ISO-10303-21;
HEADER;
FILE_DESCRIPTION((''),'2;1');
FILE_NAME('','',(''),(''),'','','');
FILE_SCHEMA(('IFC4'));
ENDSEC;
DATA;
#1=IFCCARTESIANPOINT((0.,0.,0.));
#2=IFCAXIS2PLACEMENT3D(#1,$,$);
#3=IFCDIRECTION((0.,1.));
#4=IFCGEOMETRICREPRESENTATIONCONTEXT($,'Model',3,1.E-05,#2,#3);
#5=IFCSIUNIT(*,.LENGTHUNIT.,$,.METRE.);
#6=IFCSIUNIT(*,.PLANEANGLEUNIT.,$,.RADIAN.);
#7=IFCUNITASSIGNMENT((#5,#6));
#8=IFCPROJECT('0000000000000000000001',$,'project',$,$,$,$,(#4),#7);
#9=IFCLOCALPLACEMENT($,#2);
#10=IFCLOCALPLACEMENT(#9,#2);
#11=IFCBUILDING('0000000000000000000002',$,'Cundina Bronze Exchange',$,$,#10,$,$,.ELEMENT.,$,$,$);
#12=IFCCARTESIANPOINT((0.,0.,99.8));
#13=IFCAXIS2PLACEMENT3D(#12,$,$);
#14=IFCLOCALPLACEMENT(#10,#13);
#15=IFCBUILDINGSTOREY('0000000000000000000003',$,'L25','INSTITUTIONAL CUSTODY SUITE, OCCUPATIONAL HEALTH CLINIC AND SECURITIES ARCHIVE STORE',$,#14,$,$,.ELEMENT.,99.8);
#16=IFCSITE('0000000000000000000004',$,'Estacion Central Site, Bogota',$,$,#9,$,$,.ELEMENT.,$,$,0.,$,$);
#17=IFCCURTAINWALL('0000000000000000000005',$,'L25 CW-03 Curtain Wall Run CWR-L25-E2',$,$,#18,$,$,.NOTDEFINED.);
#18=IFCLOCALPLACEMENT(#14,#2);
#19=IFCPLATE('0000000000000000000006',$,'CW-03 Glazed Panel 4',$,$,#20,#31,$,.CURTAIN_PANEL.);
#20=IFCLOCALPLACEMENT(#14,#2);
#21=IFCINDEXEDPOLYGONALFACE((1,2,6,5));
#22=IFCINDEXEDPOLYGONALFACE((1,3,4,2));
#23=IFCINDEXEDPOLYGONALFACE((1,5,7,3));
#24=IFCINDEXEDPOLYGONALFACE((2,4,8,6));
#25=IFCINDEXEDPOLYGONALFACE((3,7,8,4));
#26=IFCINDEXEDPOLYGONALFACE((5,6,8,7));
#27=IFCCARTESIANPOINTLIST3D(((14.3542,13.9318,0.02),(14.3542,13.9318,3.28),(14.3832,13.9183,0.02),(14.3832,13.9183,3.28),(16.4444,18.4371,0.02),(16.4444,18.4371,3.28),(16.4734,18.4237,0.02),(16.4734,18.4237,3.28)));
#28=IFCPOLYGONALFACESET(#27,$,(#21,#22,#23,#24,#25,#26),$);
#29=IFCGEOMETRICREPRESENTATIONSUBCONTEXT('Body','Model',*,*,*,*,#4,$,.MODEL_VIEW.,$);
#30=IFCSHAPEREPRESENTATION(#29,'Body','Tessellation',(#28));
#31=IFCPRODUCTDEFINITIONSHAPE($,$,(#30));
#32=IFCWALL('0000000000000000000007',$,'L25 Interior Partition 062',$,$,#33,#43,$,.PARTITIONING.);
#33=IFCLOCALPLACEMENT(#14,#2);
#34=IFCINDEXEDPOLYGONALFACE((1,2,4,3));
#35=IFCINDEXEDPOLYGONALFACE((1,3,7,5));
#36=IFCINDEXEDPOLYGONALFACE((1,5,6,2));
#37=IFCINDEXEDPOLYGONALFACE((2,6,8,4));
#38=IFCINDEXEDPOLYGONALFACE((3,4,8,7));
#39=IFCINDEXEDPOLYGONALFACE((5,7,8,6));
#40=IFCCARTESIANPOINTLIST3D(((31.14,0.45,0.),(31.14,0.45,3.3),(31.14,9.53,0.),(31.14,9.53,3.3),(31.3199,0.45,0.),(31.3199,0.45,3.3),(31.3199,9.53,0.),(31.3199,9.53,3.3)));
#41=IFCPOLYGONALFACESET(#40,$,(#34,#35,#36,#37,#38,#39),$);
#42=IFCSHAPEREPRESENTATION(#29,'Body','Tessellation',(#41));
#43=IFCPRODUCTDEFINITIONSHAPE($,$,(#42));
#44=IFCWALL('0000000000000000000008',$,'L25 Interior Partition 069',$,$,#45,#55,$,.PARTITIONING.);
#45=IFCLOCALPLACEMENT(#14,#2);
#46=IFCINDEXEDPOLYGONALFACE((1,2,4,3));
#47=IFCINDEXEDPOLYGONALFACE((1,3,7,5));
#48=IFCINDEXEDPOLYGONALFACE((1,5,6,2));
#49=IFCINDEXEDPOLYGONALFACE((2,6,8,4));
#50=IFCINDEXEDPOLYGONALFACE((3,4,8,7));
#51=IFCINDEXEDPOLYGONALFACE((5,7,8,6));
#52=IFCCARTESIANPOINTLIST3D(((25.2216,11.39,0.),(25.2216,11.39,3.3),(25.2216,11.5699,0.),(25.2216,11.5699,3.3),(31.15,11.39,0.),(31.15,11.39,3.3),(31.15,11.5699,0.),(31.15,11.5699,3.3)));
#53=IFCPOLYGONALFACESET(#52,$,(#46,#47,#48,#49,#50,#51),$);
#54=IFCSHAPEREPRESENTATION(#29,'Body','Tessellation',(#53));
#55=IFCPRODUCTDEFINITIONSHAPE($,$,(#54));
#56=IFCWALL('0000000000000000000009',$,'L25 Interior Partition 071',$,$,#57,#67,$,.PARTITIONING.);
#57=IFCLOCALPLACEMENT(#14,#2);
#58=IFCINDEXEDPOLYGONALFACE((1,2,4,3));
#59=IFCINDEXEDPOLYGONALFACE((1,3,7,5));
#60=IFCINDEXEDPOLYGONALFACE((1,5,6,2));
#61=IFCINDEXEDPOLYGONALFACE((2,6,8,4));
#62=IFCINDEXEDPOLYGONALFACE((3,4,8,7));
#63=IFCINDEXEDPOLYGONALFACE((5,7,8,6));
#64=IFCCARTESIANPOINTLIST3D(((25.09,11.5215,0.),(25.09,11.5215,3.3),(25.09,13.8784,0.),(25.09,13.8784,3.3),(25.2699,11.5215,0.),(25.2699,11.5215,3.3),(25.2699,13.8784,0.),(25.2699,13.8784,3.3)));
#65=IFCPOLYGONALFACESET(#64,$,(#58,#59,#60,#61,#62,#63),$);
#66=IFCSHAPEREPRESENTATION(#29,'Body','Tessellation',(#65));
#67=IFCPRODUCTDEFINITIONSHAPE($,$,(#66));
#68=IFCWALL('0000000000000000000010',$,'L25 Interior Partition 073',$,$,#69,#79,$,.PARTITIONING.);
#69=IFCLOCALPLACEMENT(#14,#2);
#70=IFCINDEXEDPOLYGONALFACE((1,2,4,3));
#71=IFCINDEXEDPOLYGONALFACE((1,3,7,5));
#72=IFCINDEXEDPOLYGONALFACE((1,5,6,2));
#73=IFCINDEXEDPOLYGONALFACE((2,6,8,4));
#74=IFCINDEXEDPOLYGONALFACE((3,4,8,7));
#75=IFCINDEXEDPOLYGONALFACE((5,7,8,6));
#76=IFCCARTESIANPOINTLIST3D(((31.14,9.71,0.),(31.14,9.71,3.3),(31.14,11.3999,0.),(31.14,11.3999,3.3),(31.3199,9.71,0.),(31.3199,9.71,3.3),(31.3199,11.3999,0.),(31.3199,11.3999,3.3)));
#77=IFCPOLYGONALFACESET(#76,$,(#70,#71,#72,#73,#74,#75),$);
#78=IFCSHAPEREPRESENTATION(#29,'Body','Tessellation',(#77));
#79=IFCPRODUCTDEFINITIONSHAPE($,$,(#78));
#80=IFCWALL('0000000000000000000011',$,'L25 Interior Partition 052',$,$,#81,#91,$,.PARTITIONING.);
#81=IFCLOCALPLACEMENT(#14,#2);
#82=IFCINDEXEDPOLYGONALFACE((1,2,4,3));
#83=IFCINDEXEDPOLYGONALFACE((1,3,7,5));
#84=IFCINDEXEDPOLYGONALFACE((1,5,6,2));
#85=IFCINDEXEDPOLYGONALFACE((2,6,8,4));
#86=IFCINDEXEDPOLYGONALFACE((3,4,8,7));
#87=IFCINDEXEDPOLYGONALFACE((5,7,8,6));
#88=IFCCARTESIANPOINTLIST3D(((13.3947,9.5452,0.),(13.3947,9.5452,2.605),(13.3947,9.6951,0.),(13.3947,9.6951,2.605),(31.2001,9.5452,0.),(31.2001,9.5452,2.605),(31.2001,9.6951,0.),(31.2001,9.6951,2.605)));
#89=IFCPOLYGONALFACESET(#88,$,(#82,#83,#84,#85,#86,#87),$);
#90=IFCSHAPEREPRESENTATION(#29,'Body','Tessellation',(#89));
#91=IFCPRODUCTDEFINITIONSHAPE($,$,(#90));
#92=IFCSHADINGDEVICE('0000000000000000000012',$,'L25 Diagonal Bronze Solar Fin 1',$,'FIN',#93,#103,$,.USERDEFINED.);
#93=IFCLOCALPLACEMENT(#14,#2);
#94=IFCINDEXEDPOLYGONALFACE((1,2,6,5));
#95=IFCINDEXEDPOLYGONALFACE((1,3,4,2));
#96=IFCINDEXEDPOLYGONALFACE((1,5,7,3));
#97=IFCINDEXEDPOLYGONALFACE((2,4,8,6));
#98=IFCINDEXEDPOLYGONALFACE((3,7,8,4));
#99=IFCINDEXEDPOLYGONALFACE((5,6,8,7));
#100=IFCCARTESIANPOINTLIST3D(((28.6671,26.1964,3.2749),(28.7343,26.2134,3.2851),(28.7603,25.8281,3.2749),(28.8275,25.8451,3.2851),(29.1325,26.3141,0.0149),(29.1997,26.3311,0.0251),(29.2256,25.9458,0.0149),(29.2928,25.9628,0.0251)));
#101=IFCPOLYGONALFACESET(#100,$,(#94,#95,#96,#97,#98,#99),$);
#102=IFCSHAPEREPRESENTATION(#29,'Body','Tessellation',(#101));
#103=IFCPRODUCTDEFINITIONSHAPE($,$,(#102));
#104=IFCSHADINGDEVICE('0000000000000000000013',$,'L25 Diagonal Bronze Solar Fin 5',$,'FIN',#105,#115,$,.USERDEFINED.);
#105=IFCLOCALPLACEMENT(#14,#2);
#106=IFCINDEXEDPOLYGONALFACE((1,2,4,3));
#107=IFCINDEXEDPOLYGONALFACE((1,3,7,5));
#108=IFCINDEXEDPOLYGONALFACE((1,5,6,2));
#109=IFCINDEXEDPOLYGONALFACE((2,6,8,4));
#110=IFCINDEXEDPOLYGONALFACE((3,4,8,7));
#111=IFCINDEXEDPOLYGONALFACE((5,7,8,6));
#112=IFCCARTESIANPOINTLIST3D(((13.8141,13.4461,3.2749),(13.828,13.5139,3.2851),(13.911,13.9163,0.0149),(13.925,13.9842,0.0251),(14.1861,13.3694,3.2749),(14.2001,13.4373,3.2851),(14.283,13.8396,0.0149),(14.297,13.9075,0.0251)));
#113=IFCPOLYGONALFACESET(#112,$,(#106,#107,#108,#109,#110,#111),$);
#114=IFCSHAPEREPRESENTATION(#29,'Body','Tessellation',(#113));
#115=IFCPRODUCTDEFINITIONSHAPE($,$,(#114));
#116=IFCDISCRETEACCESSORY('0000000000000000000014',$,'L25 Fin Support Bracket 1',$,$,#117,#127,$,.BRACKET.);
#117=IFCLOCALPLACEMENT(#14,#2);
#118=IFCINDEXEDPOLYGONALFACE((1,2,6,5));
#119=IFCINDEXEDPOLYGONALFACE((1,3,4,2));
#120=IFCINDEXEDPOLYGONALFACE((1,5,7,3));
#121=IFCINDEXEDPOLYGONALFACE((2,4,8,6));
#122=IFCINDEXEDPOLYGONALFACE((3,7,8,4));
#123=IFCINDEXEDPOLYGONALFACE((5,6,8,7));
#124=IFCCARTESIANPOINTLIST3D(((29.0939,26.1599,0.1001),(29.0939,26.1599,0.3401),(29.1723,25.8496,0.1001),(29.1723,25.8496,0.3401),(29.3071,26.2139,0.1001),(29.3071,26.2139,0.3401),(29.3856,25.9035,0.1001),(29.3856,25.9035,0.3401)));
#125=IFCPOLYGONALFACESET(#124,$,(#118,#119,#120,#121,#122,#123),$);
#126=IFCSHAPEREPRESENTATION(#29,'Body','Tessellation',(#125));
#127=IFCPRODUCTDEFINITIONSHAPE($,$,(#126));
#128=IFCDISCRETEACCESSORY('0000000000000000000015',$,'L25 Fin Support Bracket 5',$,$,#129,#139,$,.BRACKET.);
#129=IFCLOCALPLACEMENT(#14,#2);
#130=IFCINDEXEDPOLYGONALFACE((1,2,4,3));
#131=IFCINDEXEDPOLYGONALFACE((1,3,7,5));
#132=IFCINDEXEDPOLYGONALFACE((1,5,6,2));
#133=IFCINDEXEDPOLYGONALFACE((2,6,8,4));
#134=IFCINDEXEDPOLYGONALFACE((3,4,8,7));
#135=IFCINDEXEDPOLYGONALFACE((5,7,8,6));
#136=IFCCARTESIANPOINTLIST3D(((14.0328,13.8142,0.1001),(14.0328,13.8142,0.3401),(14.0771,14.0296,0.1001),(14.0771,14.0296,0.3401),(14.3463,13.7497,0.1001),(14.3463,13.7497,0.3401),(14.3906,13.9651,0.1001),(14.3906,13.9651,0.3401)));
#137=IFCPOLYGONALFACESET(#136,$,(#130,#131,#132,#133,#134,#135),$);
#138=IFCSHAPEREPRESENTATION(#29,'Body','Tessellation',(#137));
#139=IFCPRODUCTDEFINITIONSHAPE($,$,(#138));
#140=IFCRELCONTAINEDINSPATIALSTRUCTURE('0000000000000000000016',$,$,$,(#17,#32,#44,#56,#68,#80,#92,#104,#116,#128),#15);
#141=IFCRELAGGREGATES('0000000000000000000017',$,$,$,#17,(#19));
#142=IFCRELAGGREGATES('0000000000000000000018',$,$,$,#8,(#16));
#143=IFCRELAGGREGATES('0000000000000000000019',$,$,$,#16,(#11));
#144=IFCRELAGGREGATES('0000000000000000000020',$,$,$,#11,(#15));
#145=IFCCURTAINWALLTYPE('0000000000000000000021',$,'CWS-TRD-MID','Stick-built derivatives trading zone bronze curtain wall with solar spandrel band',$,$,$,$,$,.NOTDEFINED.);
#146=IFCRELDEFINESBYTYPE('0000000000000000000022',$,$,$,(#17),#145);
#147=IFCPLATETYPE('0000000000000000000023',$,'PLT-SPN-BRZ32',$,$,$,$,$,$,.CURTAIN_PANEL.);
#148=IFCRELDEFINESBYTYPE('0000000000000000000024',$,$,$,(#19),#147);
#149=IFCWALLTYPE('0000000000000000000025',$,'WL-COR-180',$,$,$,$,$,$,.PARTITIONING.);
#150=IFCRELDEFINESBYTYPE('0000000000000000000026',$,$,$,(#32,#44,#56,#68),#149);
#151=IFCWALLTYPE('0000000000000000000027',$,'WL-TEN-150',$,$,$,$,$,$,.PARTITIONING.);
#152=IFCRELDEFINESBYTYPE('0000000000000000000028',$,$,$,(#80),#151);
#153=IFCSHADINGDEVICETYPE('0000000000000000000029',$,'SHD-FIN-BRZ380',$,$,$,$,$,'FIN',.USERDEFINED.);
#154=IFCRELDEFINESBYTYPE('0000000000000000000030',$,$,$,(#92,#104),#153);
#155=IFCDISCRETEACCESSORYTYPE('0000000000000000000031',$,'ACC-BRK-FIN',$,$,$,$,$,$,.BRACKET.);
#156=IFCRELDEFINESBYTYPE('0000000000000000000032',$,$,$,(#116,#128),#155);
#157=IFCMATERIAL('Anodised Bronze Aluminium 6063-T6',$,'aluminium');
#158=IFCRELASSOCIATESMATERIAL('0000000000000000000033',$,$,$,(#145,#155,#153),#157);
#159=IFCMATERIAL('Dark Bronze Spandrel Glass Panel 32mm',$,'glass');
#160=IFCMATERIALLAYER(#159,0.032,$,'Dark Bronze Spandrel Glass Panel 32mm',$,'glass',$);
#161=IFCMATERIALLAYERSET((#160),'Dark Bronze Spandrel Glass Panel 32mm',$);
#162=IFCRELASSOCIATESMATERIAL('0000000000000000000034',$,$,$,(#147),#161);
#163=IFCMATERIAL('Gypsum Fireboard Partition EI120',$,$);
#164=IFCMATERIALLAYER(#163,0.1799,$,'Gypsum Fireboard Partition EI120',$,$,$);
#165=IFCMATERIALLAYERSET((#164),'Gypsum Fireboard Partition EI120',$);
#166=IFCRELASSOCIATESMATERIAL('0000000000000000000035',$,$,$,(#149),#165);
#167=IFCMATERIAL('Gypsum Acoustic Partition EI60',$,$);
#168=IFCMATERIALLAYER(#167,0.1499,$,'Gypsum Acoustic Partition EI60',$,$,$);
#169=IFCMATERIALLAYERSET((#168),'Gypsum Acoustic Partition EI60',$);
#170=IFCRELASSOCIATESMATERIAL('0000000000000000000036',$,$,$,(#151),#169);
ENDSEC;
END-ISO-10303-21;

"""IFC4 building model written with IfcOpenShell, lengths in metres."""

from ifc_helpers import new_model, si_unit, direction, frame, frame_2d, origin, origin_2d, place, context, subcontext, project, spatial, rectangle, extrude, material, layer, layer_set, material_profile, profile_set, type_object, element, aggregate, save


model = new_model("IFC4")

# Units and contexts
model_context = context("Model", 3, precision=1e-05, world=origin(), true_north=direction((0.0, 1.0)))
body_context = subcontext(model_context, "Body", "Model", "MODEL_VIEW")
ifc_project = project(units=[si_unit("LENGTHUNIT", "METRE"), si_unit("PLANEANGLEUNIT", "RADIAN")], contexts=[model_context])

# Site, building, storey
site_placement = place(None, origin())
site = spatial("IfcSite", under=ifc_project, at=site_placement, Name="Estacion Central Site, Bogota", CompositionType="ELEMENT", RefElevation=0.0)
building_placement = place(site_placement, origin())
building = spatial("IfcBuilding", under=site, at=building_placement, Name="Cundina Bronze Exchange", CompositionType="ELEMENT")
storey_placement = place(building_placement, frame((0.0, 0.0, 99.8)))
storey = spatial("IfcBuildingStorey", under=building, at=storey_placement, Name="L25", Description="INSTITUTIONAL CUSTODY SUITE, OCCUPATIONAL HEALTH CLINIC AND SECURITIES ARCHIVE STORE", CompositionType="ELEMENT", Elevation=99.8)

# Shared definitions
ifc_material_1 = material(Name="Anodised Bronze Aluminium 6063-T6", Category="aluminium")
curtain_wall_type = type_object("IfcCurtainWallType", Name="CWS-TRD-MID", Description="Stick-built derivatives trading zone bronze curtain wall with solar spandrel band", PredefinedType="NOTDEFINED", material=ifc_material_1)

# Curtain wall, plate
curtain_wall_1_placement = place(storey_placement, origin())
curtain_wall_1 = element("IfcCurtainWall", 1, at=curtain_wall_1_placement, inside=storey, type_object=curtain_wall_type, Name="L25 CW-03 Curtain Wall Run CWR-L25-E2", PredefinedType="NOTDEFINED")
ifc_material_2 = material(Name="Dark Bronze Spandrel Glass Panel 32mm", Category="glass")
ifc_layer_1 = layer(ifc_material_2, 0.032, Name="Dark Bronze Spandrel Glass Panel 32mm", Category="glass")
ifc_layer_set_1 = layer_set([ifc_layer_1], Name="Dark Bronze Spandrel Glass Panel 32mm")
plate_type_1 = type_object("IfcPlateType", Name="PLT-SPN-BRZ32", PredefinedType="CURTAIN_PANEL", material=ifc_layer_set_1)
plate_1_placement = place(storey_placement, frame((15.4138, 16.1777, 0.02), z_axis=(0.0, 0.0, 1.0), x_axis=(-0.420846, -0.907132, 0.0)))
plate_1 = element("IfcPlate", 2, at=plate_1_placement, type_object=plate_type_1, Name="CW-03 Glazed Panel 4", PredefinedType="CURTAIN_PANEL", context=body_context, shape_type="SweptSolid", body=[
    extrude(rectangle(XDim=4.9666, YDim=0.032, at=origin_2d()), origin(), (0.0, 0.0, 1.0), 3.26),
])
aggregate(curtain_wall_1, [plate_1])

# Walls
ifc_material_3 = material(Name="Gypsum Fireboard Partition EI120")
ifc_layer_2 = layer(ifc_material_3, 0.1799, Name="Gypsum Fireboard Partition EI120")
ifc_layer_set_2 = layer_set([ifc_layer_2], Name="Gypsum Fireboard Partition EI120")
wall_type_1 = type_object("IfcWallType", Name="WL-COR-180", PredefinedType="PARTITIONING", material=ifc_layer_set_2)
wall_1_placement = place(storey_placement, frame((31.23, 9.53, 0.0), z_axis=(0.0, 0.0, 1.0), x_axis=(0.0, -1.0, 0.0)))
element("IfcWall", 3, at=wall_1_placement, inside=storey, type_object=wall_type_1, Name="L25 Interior Partition 062", PredefinedType="PARTITIONING", context=body_context, shape_type="SweptSolid", body=[
    extrude(rectangle(XDim=9.0801, YDim=0.1799, at=frame_2d((4.54, 0.0))), origin(), (0.0, 0.0, 1.0), 3.3),
])
wall_2_placement = place(storey_placement, frame((25.2214, 11.48, 0.0), z_axis=(0.0, 0.0, 1.0), x_axis=(1.0, 0.0, 0.0)))
element("IfcWall", 4, at=wall_2_placement, inside=storey, type_object=wall_type_1, Name="L25 Interior Partition 069", PredefinedType="PARTITIONING", context=body_context, shape_type="SweptSolid", body=[
    extrude(rectangle(XDim=5.9285, YDim=0.1799, at=frame_2d((2.9644, 0.0))), origin(), (0.0, 0.0, 1.0), 3.3),
])
wall_3_placement = place(storey_placement, frame((25.1799, 13.8784, 0.0), z_axis=(0.0, 0.0, 1.0), x_axis=(0.0, -1.0, 0.0)))
element("IfcWall", 5, at=wall_3_placement, inside=storey, type_object=wall_type_1, Name="L25 Interior Partition 071", PredefinedType="PARTITIONING", context=body_context, shape_type="SweptSolid", body=[
    extrude(rectangle(XDim=2.3569, YDim=0.1799, at=frame_2d((1.1785, 0.0))), origin(), (0.0, 0.0, 1.0), 3.3),
])
wall_4_placement = place(storey_placement, frame((31.23, 11.3999, 0.0), z_axis=(0.0, 0.0, 1.0), x_axis=(0.0, -1.0, 0.0)))
element("IfcWall", 6, at=wall_4_placement, inside=storey, type_object=wall_type_1, Name="L25 Interior Partition 073", PredefinedType="PARTITIONING", context=body_context, shape_type="SweptSolid", body=[
    extrude(rectangle(XDim=1.6899, YDim=0.1799, at=frame_2d((0.845, 0.0))), origin(), (0.0, 0.0, 1.0), 3.3),
])
ifc_material_4 = material(Name="Gypsum Acoustic Partition EI60")
ifc_layer_3 = layer(ifc_material_4, 0.1499, Name="Gypsum Acoustic Partition EI60")
ifc_layer_set_3 = layer_set([ifc_layer_3], Name="Gypsum Acoustic Partition EI60")
wall_type_2 = type_object("IfcWallType", Name="WL-TEN-150", PredefinedType="PARTITIONING", material=ifc_layer_set_3)
wall_5_placement = place(storey_placement, frame((13.3945, 9.6201, 0.0), z_axis=(0.0, 0.0, 1.0), x_axis=(1.0, 0.0, 0.0)))
element("IfcWall", 7, at=wall_5_placement, inside=storey, type_object=wall_type_2, Name="L25 Interior Partition 052", PredefinedType="PARTITIONING", context=body_context, shape_type="SweptSolid", body=[
    extrude(rectangle(XDim=17.8054, YDim=0.1499, at=frame_2d((8.9028, 0.0))), origin(), (0.0, 0.0, 1.0), 2.605),
])

# Shading devices
ifc_material_profile_1 = material_profile(ifc_material_1, rectangle(XDim=0.0701, YDim=0.3799, at=origin_2d()), Name="FIN70X380", Category="aluminium")
ifc_profile_set_1 = profile_set([ifc_material_profile_1], Name="Anodised Bronze Aluminium 6063-T6")
shading_device_type = type_object("IfcShadingDeviceType", Name="SHD-FIN-BRZ380", ElementType="FIN", PredefinedType="USERDEFINED", material=ifc_profile_set_1)
for number, where, z_axis, x_axis, name in (
    (8, (29.2126, 26.1384, 0.02), (-0.141217, -0.035712, 0.989334), (0.959141, 0.242553, 0.145663), "L25 Diagonal Bronze Solar Fin 1"),
    (9, (14.104, 13.9119, 0.02), (-0.029414, -0.142698, 0.989329), (0.199728, 0.968959, 0.145698), "L25 Diagonal Bronze Solar Fin 5"),
):
    element("IfcShadingDevice", number, at=place(storey_placement, frame(where, z_axis=z_axis, x_axis=x_axis)), inside=storey, type_object=shading_device_type, Name=name, ObjectType="FIN", PredefinedType="USERDEFINED", context=body_context, shape_type="SweptSolid", body=[
        extrude(rectangle(XDim=0.0701, YDim=0.3799, at=origin_2d()), origin(), (0.0, 0.0, 1.0), 3.2952),
    ])

# Discrete accessories
discrete_accessory_type = type_object("IfcDiscreteAccessoryType", Name="ACC-BRK-FIN", PredefinedType="BRACKET", material=ifc_material_1)
for number, where, z_axis, x_axis, name in (
    (10, (29.2397, 26.0317, 0.1001), (0.0, 0.0, 1.0), (-0.969488, -0.245138, 0.0), "L25 Fin Support Bracket 1"),
    (11, (14.2117, 13.8896, 0.1001), (0.0, 0.0, 1.0), (-0.20142, -0.979505, 0.0), "L25 Fin Support Bracket 5"),
):
    element("IfcDiscreteAccessory", number, at=place(storey_placement, frame(where, z_axis=z_axis, x_axis=x_axis)), inside=storey, type_object=discrete_accessory_type, Name=name, PredefinedType="BRACKET", context=body_context, shape_type="SweptSolid", body=[
        extrude(rectangle(XDim=0.22, YDim=0.3201, at=origin_2d()), origin(), (0.0, 0.0, 1.0), 0.24),
    ])

save(model, "model.ifc")
